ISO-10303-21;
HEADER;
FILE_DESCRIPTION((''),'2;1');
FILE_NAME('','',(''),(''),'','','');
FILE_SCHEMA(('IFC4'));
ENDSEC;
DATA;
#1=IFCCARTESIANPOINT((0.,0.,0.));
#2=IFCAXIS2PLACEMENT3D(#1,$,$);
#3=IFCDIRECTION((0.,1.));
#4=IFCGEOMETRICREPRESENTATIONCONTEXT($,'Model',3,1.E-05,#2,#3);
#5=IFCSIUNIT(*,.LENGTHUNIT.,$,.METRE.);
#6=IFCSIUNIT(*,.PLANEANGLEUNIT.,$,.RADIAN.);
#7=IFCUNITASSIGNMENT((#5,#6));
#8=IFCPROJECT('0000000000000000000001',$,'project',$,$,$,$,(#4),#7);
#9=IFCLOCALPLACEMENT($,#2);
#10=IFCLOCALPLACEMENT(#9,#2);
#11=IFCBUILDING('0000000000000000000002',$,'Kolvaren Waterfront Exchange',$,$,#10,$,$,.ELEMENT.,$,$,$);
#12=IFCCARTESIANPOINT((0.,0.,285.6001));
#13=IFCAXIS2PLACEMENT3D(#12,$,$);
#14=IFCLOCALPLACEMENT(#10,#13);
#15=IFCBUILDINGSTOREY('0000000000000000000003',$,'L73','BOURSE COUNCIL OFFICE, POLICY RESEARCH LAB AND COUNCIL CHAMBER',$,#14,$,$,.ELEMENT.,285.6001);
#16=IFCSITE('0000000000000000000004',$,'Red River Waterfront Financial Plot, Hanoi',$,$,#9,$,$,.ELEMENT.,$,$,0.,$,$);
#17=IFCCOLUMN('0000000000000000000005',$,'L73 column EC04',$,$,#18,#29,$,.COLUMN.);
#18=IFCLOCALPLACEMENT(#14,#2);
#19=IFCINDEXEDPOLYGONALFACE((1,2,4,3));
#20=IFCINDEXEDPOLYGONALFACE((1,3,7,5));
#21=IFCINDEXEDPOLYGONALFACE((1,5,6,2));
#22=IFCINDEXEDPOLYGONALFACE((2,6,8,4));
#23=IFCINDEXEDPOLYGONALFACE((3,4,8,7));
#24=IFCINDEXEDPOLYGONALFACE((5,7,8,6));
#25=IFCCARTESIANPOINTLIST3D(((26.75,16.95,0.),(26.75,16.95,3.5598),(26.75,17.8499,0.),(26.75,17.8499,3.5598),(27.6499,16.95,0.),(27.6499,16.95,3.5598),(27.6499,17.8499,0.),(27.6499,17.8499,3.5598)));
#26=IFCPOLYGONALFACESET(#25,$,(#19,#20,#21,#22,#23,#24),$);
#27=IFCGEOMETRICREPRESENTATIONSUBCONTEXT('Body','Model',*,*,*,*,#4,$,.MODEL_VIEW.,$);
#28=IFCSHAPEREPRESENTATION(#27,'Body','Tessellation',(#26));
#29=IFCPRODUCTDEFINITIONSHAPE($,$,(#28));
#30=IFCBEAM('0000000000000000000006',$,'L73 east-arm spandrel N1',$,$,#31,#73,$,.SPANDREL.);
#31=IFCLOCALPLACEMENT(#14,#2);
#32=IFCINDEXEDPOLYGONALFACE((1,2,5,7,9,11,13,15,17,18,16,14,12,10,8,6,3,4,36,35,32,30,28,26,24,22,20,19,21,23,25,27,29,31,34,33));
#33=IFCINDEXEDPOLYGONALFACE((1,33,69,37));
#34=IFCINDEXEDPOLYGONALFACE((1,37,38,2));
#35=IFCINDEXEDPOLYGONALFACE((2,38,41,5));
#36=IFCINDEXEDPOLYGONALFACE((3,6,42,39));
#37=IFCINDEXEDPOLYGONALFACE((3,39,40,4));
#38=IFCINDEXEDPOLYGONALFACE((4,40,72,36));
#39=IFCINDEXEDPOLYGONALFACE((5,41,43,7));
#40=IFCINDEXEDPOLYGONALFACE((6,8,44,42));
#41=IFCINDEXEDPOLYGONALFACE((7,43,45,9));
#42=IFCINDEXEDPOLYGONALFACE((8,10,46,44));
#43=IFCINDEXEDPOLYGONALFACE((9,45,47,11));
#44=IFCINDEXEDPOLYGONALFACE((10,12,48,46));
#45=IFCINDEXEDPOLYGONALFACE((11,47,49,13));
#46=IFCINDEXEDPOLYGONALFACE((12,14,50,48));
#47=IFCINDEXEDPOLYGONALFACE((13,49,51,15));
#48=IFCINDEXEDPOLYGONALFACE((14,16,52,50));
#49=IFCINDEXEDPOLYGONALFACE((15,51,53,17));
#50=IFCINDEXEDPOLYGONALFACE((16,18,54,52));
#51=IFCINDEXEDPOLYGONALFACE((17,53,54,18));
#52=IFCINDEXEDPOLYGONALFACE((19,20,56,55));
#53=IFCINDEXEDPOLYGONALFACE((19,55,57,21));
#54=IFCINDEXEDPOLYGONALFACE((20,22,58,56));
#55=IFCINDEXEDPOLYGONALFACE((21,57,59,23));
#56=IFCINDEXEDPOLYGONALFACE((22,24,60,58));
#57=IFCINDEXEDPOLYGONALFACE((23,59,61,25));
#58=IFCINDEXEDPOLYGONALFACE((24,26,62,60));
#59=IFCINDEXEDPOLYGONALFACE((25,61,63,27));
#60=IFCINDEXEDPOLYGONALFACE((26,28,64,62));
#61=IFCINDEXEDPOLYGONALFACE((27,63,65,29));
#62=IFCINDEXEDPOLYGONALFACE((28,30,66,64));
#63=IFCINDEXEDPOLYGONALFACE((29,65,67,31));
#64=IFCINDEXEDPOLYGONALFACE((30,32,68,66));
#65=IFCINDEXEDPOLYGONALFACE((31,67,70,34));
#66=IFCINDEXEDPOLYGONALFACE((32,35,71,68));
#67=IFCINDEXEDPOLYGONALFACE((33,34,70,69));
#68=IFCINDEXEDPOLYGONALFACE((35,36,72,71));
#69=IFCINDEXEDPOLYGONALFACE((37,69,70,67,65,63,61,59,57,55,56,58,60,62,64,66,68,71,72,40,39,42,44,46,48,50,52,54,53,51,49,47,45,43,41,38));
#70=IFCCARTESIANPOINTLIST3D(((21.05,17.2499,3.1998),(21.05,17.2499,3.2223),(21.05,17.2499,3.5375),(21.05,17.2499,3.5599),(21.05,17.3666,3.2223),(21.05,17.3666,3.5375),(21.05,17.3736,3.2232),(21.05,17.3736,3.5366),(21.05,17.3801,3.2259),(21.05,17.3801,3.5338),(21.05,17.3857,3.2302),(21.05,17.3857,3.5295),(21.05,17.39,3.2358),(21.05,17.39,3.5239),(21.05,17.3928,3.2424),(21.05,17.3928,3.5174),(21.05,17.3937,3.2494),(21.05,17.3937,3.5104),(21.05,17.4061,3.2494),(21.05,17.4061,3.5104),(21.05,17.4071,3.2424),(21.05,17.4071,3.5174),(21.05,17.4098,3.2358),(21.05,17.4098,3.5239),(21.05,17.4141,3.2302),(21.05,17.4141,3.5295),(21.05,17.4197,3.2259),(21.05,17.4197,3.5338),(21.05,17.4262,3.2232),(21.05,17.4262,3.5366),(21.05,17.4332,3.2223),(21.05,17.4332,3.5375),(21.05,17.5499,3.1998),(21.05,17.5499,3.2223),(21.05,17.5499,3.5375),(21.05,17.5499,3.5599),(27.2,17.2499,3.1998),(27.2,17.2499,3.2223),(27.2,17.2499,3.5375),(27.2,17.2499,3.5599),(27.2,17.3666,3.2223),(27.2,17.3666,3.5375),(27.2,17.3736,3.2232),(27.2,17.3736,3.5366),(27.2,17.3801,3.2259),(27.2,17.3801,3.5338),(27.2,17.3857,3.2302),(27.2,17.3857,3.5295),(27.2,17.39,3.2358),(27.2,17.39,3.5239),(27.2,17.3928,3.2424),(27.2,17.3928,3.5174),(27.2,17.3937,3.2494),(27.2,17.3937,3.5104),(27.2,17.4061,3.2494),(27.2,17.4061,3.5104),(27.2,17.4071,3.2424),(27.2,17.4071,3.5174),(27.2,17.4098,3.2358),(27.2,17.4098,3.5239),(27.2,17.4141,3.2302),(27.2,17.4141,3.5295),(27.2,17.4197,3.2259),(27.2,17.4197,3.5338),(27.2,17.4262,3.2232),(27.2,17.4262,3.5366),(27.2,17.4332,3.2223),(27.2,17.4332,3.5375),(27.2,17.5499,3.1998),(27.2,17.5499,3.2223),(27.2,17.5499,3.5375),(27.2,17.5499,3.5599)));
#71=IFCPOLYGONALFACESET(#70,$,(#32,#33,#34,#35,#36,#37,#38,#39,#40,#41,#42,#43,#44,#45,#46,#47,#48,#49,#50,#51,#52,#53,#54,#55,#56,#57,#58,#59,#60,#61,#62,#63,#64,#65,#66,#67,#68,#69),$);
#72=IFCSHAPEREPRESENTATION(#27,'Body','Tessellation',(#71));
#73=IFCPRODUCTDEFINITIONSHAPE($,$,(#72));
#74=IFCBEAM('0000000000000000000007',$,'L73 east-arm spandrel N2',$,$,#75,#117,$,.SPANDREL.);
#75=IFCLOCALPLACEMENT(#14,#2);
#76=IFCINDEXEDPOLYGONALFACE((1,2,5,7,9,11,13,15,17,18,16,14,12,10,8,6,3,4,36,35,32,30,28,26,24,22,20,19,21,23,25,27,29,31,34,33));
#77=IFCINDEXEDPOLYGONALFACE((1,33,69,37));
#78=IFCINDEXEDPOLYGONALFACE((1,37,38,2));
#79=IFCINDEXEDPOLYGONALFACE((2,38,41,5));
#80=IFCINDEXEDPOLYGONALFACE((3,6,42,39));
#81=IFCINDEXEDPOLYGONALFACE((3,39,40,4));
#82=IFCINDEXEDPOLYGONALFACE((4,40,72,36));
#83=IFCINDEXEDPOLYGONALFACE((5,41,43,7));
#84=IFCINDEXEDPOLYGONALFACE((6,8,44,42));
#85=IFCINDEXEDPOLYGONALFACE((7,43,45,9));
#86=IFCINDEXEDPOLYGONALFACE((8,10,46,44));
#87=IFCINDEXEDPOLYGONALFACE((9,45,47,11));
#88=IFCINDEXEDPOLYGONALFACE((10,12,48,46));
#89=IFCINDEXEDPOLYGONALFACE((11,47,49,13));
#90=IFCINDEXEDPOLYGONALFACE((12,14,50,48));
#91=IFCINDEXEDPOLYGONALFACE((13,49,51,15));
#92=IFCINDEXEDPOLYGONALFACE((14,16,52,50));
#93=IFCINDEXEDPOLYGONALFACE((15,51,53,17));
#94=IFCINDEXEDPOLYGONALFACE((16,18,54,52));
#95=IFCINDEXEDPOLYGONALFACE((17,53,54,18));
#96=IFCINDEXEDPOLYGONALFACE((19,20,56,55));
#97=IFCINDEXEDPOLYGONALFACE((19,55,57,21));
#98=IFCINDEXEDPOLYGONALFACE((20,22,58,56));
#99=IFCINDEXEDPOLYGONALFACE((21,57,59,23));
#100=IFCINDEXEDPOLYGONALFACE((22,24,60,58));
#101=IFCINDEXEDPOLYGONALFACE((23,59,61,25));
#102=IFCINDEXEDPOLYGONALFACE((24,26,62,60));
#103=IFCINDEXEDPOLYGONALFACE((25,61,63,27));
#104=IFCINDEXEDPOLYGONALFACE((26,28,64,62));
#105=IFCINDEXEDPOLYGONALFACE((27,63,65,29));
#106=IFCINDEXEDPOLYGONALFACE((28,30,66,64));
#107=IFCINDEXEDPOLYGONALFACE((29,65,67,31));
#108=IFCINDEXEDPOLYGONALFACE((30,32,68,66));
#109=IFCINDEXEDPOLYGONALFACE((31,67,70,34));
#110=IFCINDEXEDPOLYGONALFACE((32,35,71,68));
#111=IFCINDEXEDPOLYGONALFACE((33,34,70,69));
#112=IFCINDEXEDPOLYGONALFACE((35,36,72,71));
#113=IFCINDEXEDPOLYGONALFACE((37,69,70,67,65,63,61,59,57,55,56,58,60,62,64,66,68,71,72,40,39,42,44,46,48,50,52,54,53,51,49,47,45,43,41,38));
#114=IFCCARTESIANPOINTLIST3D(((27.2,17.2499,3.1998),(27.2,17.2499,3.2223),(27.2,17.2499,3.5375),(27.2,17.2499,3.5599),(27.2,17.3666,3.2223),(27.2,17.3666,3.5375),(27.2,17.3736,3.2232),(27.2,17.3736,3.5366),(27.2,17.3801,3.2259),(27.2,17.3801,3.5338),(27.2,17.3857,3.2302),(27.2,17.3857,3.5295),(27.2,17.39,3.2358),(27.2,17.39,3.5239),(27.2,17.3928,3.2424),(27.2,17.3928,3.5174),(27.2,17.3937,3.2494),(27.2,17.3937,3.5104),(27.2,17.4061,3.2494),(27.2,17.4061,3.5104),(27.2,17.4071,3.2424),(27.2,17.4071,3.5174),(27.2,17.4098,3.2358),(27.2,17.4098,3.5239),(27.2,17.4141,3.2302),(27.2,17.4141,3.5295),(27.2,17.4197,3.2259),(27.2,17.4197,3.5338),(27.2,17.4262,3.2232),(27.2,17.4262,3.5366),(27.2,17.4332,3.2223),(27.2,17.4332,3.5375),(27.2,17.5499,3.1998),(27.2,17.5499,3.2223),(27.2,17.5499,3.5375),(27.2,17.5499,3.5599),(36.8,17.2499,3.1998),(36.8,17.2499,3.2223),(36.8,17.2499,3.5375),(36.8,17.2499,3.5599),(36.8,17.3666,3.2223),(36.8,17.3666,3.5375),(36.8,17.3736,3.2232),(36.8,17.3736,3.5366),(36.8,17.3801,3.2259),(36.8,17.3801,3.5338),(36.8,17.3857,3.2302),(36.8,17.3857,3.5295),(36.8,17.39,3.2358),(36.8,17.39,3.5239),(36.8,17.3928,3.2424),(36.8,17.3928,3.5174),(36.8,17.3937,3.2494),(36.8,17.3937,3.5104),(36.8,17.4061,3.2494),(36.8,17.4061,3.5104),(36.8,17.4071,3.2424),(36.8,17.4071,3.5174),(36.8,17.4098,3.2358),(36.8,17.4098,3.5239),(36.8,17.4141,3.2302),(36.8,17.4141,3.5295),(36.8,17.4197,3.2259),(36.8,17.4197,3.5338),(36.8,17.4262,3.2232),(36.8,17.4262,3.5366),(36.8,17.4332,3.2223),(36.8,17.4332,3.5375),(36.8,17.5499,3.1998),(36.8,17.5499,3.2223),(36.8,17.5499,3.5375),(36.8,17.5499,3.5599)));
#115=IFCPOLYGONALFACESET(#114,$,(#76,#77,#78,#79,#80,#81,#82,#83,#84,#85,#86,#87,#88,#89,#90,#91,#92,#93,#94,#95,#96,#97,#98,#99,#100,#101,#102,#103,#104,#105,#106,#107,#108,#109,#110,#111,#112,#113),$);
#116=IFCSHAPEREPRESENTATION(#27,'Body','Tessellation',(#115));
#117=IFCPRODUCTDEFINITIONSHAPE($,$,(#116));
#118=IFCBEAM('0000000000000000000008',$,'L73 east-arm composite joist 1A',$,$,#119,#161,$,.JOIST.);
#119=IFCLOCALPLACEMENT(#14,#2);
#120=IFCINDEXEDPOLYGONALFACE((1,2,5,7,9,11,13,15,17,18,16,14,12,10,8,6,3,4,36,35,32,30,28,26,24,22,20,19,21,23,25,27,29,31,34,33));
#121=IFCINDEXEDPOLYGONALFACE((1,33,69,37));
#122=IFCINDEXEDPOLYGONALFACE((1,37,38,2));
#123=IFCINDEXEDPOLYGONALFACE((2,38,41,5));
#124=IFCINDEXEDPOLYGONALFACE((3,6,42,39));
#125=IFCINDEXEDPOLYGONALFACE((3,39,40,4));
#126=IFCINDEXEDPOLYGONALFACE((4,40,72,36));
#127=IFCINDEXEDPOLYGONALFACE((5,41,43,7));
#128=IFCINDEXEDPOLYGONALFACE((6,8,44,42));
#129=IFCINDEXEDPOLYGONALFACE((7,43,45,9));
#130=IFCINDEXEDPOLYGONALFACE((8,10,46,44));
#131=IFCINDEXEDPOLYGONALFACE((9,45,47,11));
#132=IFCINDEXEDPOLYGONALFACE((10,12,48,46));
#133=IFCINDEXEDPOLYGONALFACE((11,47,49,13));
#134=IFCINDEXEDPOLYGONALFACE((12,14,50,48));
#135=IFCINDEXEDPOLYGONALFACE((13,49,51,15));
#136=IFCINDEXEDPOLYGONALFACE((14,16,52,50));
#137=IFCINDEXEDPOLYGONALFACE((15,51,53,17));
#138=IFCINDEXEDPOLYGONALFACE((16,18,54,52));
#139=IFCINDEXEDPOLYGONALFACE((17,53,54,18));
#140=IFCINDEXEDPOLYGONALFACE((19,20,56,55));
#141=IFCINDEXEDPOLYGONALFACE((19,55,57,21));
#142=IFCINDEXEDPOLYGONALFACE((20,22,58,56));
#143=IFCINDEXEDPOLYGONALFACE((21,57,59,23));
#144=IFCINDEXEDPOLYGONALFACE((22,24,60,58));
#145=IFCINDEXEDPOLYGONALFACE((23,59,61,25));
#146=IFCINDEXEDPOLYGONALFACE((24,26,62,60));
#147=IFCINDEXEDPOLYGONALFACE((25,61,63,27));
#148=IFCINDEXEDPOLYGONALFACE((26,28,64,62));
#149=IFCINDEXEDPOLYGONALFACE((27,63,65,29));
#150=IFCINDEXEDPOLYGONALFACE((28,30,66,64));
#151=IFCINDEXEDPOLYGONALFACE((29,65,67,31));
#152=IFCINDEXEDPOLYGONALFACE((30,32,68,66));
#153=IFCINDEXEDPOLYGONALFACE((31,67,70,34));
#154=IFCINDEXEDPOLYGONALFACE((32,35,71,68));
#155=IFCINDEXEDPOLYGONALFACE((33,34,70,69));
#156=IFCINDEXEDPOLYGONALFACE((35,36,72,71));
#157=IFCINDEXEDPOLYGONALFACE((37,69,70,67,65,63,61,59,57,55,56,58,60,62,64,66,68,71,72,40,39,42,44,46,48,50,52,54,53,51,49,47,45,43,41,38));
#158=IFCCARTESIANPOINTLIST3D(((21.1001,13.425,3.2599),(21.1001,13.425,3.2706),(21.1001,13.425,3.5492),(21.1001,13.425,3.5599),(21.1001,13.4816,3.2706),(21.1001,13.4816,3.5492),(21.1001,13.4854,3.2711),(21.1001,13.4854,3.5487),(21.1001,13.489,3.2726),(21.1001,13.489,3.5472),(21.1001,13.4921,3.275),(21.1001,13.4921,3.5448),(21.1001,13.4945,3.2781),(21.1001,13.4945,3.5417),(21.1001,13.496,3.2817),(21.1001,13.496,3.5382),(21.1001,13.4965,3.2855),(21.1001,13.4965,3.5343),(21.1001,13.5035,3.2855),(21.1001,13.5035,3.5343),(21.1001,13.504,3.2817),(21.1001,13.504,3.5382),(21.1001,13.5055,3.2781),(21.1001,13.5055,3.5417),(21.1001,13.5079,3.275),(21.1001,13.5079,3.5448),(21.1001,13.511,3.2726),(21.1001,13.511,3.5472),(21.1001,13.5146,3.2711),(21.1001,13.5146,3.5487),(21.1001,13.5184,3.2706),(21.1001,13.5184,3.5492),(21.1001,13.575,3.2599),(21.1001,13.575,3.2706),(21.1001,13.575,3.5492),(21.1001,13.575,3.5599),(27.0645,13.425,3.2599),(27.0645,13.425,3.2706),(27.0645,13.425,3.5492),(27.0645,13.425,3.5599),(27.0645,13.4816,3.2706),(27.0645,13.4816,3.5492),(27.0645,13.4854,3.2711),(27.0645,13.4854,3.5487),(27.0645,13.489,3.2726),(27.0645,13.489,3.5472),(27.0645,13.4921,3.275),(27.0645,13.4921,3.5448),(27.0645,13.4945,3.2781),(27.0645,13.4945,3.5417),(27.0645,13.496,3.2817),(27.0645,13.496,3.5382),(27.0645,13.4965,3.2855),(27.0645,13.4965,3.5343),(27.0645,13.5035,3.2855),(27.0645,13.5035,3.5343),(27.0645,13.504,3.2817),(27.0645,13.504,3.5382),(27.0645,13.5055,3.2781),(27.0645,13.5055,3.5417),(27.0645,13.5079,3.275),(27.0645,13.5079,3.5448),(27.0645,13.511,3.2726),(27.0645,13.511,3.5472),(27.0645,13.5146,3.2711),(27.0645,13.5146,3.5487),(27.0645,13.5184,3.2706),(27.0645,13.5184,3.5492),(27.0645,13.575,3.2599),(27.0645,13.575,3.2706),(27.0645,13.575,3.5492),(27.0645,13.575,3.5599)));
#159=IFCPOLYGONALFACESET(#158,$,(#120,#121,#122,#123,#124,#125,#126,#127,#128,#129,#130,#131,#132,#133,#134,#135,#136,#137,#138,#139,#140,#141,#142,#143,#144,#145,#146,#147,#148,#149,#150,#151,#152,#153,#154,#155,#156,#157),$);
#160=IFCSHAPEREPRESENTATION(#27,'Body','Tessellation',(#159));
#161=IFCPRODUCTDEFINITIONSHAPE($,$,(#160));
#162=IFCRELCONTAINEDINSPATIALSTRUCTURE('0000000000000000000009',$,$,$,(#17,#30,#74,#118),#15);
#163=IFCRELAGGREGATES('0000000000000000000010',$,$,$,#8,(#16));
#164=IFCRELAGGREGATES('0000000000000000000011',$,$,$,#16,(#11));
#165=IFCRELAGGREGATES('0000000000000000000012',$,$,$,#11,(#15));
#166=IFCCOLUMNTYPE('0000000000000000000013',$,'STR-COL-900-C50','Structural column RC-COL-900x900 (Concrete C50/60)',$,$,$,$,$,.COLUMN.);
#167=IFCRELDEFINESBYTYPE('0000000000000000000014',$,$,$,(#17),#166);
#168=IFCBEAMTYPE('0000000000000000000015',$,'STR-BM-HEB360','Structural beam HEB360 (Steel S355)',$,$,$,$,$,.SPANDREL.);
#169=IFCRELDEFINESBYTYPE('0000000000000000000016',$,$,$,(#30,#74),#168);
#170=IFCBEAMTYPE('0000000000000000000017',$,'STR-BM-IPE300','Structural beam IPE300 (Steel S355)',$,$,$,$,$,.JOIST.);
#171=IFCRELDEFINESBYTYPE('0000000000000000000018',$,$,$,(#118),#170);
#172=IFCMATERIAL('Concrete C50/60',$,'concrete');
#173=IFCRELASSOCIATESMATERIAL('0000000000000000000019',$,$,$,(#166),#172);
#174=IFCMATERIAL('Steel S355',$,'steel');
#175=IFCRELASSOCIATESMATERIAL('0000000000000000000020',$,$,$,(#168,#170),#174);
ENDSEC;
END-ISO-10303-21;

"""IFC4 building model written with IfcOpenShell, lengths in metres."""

from ifc_helpers import new_model, si_unit, direction, frame, origin, origin_2d, place, context, subcontext, project, spatial, rectangle, i_section, extrude, material, material_profile, profile_set, type_object, element, save


model = new_model("IFC4")

# Units and contexts
model_context = context("Model", 3, precision=1e-05, world=origin(), true_north=direction((0.0, 1.0)))
body_context = subcontext(model_context, "Body", "Model", "MODEL_VIEW")
ifc_project = project(units=[si_unit("LENGTHUNIT", "METRE"), si_unit("PLANEANGLEUNIT", "RADIAN")], contexts=[model_context])

# Site, building, storey
site_placement = place(None, origin())
site = spatial("IfcSite", under=ifc_project, at=site_placement, Name="Red River Waterfront Financial Plot, Hanoi", CompositionType="ELEMENT", RefElevation=0.0)
building_placement = place(site_placement, origin())
building = spatial("IfcBuilding", under=site, at=building_placement, Name="Kolvaren Waterfront Exchange", CompositionType="ELEMENT")
storey_placement = place(building_placement, frame((0.0, 0.0, 285.6001)))
storey = spatial("IfcBuildingStorey", under=building, at=storey_placement, Name="L73", Description="BOURSE COUNCIL OFFICE, POLICY RESEARCH LAB AND COUNCIL CHAMBER", CompositionType="ELEMENT", Elevation=285.6001)

# Column
ifc_material_1 = material(Name="Concrete C50/60", Category="concrete")
ifc_material_profile_1 = material_profile(ifc_material_1, rectangle(XDim=0.8999, YDim=0.8999, at=origin_2d()), Name="RC-COL-900x900")
ifc_profile_set_1 = profile_set([ifc_material_profile_1], Name="Concrete C50/60")
column_type = type_object("IfcColumnType", Name="STR-COL-900-C50", Description="Structural column RC-COL-900x900 (Concrete C50/60)", PredefinedType="COLUMN", material=ifc_profile_set_1)
column_placement = place(storey_placement, frame((27.2, 17.3999, 0.0), z_axis=(0.0, 0.0, 1.0), x_axis=(1.0, 0.0, 0.0)))
element("IfcColumn", 1, at=column_placement, inside=storey, type_object=column_type, Name="L73 column EC04", PredefinedType="COLUMN", context=body_context, shape_type="SweptSolid", body=[
    extrude(rectangle(XDim=0.8999, YDim=0.8999, at=origin_2d()), origin(), (0.0, 0.0, 1.0), 3.5598),
])

# Beams
ifc_material_2 = material(Name="Steel S355", Category="steel")
ifc_material_profile_2 = material_profile(ifc_material_2, i_section(OverallWidth=0.3, OverallDepth=0.3601, WebThickness=0.0125, FlangeThickness=0.0225, FilletRadius=0.0271, at=origin_2d()), Name="HEB360")
ifc_profile_set_2 = profile_set([ifc_material_profile_2], Name="Steel S355")
beam_type_1 = type_object("IfcBeamType", Name="STR-BM-HEB360", Description="Structural beam HEB360 (Steel S355)", PredefinedType="SPANDREL", material=ifc_profile_set_2)
beam_1_placement = place(storey_placement, frame((21.05, 17.3999, 3.3799), z_axis=(1.0, 0.0, 0.0), x_axis=(0.0, 1.0, 0.0)))
element("IfcBeam", 2, at=beam_1_placement, inside=storey, type_object=beam_type_1, Name="L73 east-arm spandrel N1", PredefinedType="SPANDREL", context=body_context, shape_type="SweptSolid", body=[
    extrude(i_section(OverallWidth=0.3, OverallDepth=0.3601, WebThickness=0.0125, FlangeThickness=0.0225, FilletRadius=0.0271, at=origin_2d()), origin(), (0.0, 0.0, 1.0), 6.1499),
])
beam_2_placement = place(storey_placement, frame((27.2, 17.3999, 3.3799), z_axis=(1.0, 0.0, 0.0), x_axis=(0.0, 1.0, 0.0)))
element("IfcBeam", 3, at=beam_2_placement, inside=storey, type_object=beam_type_1, Name="L73 east-arm spandrel N2", PredefinedType="SPANDREL", context=body_context, shape_type="SweptSolid", body=[
    extrude(i_section(OverallWidth=0.3, OverallDepth=0.3601, WebThickness=0.0125, FlangeThickness=0.0225, FilletRadius=0.0271, at=origin_2d()), origin(), (0.0, 0.0, 1.0), 9.6001),
])
ifc_material_profile_3 = material_profile(ifc_material_2, i_section(OverallWidth=0.1499, OverallDepth=0.3, WebThickness=0.0071, FlangeThickness=0.0107, FilletRadius=0.0149, at=origin_2d()), Name="IPE300")
ifc_profile_set_3 = profile_set([ifc_material_profile_3], Name="Steel S355")
beam_type_2 = type_object("IfcBeamType", Name="STR-BM-IPE300", Description="Structural beam IPE300 (Steel S355)", PredefinedType="JOIST", material=ifc_profile_set_3)
for number, where, z_axis, x_axis, name in (
    (4, (21.1001, 13.5, 3.4099), (1.0, 0.0, 0.0), (0.0, 1.0, 0.0), "L73 east-arm composite joist 1A"),
):
    element("IfcBeam", number, at=place(storey_placement, frame(where, z_axis=z_axis, x_axis=x_axis)), inside=storey, type_object=beam_type_2, Name=name, PredefinedType="JOIST", context=body_context, shape_type="SweptSolid", body=[
        extrude(i_section(OverallWidth=0.1499, OverallDepth=0.3, WebThickness=0.0071, FlangeThickness=0.0107, FilletRadius=0.0149, at=origin_2d()), origin(), (0.0, 0.0, 1.0), 5.9644),
    ])

save(model, "model.ifc")
